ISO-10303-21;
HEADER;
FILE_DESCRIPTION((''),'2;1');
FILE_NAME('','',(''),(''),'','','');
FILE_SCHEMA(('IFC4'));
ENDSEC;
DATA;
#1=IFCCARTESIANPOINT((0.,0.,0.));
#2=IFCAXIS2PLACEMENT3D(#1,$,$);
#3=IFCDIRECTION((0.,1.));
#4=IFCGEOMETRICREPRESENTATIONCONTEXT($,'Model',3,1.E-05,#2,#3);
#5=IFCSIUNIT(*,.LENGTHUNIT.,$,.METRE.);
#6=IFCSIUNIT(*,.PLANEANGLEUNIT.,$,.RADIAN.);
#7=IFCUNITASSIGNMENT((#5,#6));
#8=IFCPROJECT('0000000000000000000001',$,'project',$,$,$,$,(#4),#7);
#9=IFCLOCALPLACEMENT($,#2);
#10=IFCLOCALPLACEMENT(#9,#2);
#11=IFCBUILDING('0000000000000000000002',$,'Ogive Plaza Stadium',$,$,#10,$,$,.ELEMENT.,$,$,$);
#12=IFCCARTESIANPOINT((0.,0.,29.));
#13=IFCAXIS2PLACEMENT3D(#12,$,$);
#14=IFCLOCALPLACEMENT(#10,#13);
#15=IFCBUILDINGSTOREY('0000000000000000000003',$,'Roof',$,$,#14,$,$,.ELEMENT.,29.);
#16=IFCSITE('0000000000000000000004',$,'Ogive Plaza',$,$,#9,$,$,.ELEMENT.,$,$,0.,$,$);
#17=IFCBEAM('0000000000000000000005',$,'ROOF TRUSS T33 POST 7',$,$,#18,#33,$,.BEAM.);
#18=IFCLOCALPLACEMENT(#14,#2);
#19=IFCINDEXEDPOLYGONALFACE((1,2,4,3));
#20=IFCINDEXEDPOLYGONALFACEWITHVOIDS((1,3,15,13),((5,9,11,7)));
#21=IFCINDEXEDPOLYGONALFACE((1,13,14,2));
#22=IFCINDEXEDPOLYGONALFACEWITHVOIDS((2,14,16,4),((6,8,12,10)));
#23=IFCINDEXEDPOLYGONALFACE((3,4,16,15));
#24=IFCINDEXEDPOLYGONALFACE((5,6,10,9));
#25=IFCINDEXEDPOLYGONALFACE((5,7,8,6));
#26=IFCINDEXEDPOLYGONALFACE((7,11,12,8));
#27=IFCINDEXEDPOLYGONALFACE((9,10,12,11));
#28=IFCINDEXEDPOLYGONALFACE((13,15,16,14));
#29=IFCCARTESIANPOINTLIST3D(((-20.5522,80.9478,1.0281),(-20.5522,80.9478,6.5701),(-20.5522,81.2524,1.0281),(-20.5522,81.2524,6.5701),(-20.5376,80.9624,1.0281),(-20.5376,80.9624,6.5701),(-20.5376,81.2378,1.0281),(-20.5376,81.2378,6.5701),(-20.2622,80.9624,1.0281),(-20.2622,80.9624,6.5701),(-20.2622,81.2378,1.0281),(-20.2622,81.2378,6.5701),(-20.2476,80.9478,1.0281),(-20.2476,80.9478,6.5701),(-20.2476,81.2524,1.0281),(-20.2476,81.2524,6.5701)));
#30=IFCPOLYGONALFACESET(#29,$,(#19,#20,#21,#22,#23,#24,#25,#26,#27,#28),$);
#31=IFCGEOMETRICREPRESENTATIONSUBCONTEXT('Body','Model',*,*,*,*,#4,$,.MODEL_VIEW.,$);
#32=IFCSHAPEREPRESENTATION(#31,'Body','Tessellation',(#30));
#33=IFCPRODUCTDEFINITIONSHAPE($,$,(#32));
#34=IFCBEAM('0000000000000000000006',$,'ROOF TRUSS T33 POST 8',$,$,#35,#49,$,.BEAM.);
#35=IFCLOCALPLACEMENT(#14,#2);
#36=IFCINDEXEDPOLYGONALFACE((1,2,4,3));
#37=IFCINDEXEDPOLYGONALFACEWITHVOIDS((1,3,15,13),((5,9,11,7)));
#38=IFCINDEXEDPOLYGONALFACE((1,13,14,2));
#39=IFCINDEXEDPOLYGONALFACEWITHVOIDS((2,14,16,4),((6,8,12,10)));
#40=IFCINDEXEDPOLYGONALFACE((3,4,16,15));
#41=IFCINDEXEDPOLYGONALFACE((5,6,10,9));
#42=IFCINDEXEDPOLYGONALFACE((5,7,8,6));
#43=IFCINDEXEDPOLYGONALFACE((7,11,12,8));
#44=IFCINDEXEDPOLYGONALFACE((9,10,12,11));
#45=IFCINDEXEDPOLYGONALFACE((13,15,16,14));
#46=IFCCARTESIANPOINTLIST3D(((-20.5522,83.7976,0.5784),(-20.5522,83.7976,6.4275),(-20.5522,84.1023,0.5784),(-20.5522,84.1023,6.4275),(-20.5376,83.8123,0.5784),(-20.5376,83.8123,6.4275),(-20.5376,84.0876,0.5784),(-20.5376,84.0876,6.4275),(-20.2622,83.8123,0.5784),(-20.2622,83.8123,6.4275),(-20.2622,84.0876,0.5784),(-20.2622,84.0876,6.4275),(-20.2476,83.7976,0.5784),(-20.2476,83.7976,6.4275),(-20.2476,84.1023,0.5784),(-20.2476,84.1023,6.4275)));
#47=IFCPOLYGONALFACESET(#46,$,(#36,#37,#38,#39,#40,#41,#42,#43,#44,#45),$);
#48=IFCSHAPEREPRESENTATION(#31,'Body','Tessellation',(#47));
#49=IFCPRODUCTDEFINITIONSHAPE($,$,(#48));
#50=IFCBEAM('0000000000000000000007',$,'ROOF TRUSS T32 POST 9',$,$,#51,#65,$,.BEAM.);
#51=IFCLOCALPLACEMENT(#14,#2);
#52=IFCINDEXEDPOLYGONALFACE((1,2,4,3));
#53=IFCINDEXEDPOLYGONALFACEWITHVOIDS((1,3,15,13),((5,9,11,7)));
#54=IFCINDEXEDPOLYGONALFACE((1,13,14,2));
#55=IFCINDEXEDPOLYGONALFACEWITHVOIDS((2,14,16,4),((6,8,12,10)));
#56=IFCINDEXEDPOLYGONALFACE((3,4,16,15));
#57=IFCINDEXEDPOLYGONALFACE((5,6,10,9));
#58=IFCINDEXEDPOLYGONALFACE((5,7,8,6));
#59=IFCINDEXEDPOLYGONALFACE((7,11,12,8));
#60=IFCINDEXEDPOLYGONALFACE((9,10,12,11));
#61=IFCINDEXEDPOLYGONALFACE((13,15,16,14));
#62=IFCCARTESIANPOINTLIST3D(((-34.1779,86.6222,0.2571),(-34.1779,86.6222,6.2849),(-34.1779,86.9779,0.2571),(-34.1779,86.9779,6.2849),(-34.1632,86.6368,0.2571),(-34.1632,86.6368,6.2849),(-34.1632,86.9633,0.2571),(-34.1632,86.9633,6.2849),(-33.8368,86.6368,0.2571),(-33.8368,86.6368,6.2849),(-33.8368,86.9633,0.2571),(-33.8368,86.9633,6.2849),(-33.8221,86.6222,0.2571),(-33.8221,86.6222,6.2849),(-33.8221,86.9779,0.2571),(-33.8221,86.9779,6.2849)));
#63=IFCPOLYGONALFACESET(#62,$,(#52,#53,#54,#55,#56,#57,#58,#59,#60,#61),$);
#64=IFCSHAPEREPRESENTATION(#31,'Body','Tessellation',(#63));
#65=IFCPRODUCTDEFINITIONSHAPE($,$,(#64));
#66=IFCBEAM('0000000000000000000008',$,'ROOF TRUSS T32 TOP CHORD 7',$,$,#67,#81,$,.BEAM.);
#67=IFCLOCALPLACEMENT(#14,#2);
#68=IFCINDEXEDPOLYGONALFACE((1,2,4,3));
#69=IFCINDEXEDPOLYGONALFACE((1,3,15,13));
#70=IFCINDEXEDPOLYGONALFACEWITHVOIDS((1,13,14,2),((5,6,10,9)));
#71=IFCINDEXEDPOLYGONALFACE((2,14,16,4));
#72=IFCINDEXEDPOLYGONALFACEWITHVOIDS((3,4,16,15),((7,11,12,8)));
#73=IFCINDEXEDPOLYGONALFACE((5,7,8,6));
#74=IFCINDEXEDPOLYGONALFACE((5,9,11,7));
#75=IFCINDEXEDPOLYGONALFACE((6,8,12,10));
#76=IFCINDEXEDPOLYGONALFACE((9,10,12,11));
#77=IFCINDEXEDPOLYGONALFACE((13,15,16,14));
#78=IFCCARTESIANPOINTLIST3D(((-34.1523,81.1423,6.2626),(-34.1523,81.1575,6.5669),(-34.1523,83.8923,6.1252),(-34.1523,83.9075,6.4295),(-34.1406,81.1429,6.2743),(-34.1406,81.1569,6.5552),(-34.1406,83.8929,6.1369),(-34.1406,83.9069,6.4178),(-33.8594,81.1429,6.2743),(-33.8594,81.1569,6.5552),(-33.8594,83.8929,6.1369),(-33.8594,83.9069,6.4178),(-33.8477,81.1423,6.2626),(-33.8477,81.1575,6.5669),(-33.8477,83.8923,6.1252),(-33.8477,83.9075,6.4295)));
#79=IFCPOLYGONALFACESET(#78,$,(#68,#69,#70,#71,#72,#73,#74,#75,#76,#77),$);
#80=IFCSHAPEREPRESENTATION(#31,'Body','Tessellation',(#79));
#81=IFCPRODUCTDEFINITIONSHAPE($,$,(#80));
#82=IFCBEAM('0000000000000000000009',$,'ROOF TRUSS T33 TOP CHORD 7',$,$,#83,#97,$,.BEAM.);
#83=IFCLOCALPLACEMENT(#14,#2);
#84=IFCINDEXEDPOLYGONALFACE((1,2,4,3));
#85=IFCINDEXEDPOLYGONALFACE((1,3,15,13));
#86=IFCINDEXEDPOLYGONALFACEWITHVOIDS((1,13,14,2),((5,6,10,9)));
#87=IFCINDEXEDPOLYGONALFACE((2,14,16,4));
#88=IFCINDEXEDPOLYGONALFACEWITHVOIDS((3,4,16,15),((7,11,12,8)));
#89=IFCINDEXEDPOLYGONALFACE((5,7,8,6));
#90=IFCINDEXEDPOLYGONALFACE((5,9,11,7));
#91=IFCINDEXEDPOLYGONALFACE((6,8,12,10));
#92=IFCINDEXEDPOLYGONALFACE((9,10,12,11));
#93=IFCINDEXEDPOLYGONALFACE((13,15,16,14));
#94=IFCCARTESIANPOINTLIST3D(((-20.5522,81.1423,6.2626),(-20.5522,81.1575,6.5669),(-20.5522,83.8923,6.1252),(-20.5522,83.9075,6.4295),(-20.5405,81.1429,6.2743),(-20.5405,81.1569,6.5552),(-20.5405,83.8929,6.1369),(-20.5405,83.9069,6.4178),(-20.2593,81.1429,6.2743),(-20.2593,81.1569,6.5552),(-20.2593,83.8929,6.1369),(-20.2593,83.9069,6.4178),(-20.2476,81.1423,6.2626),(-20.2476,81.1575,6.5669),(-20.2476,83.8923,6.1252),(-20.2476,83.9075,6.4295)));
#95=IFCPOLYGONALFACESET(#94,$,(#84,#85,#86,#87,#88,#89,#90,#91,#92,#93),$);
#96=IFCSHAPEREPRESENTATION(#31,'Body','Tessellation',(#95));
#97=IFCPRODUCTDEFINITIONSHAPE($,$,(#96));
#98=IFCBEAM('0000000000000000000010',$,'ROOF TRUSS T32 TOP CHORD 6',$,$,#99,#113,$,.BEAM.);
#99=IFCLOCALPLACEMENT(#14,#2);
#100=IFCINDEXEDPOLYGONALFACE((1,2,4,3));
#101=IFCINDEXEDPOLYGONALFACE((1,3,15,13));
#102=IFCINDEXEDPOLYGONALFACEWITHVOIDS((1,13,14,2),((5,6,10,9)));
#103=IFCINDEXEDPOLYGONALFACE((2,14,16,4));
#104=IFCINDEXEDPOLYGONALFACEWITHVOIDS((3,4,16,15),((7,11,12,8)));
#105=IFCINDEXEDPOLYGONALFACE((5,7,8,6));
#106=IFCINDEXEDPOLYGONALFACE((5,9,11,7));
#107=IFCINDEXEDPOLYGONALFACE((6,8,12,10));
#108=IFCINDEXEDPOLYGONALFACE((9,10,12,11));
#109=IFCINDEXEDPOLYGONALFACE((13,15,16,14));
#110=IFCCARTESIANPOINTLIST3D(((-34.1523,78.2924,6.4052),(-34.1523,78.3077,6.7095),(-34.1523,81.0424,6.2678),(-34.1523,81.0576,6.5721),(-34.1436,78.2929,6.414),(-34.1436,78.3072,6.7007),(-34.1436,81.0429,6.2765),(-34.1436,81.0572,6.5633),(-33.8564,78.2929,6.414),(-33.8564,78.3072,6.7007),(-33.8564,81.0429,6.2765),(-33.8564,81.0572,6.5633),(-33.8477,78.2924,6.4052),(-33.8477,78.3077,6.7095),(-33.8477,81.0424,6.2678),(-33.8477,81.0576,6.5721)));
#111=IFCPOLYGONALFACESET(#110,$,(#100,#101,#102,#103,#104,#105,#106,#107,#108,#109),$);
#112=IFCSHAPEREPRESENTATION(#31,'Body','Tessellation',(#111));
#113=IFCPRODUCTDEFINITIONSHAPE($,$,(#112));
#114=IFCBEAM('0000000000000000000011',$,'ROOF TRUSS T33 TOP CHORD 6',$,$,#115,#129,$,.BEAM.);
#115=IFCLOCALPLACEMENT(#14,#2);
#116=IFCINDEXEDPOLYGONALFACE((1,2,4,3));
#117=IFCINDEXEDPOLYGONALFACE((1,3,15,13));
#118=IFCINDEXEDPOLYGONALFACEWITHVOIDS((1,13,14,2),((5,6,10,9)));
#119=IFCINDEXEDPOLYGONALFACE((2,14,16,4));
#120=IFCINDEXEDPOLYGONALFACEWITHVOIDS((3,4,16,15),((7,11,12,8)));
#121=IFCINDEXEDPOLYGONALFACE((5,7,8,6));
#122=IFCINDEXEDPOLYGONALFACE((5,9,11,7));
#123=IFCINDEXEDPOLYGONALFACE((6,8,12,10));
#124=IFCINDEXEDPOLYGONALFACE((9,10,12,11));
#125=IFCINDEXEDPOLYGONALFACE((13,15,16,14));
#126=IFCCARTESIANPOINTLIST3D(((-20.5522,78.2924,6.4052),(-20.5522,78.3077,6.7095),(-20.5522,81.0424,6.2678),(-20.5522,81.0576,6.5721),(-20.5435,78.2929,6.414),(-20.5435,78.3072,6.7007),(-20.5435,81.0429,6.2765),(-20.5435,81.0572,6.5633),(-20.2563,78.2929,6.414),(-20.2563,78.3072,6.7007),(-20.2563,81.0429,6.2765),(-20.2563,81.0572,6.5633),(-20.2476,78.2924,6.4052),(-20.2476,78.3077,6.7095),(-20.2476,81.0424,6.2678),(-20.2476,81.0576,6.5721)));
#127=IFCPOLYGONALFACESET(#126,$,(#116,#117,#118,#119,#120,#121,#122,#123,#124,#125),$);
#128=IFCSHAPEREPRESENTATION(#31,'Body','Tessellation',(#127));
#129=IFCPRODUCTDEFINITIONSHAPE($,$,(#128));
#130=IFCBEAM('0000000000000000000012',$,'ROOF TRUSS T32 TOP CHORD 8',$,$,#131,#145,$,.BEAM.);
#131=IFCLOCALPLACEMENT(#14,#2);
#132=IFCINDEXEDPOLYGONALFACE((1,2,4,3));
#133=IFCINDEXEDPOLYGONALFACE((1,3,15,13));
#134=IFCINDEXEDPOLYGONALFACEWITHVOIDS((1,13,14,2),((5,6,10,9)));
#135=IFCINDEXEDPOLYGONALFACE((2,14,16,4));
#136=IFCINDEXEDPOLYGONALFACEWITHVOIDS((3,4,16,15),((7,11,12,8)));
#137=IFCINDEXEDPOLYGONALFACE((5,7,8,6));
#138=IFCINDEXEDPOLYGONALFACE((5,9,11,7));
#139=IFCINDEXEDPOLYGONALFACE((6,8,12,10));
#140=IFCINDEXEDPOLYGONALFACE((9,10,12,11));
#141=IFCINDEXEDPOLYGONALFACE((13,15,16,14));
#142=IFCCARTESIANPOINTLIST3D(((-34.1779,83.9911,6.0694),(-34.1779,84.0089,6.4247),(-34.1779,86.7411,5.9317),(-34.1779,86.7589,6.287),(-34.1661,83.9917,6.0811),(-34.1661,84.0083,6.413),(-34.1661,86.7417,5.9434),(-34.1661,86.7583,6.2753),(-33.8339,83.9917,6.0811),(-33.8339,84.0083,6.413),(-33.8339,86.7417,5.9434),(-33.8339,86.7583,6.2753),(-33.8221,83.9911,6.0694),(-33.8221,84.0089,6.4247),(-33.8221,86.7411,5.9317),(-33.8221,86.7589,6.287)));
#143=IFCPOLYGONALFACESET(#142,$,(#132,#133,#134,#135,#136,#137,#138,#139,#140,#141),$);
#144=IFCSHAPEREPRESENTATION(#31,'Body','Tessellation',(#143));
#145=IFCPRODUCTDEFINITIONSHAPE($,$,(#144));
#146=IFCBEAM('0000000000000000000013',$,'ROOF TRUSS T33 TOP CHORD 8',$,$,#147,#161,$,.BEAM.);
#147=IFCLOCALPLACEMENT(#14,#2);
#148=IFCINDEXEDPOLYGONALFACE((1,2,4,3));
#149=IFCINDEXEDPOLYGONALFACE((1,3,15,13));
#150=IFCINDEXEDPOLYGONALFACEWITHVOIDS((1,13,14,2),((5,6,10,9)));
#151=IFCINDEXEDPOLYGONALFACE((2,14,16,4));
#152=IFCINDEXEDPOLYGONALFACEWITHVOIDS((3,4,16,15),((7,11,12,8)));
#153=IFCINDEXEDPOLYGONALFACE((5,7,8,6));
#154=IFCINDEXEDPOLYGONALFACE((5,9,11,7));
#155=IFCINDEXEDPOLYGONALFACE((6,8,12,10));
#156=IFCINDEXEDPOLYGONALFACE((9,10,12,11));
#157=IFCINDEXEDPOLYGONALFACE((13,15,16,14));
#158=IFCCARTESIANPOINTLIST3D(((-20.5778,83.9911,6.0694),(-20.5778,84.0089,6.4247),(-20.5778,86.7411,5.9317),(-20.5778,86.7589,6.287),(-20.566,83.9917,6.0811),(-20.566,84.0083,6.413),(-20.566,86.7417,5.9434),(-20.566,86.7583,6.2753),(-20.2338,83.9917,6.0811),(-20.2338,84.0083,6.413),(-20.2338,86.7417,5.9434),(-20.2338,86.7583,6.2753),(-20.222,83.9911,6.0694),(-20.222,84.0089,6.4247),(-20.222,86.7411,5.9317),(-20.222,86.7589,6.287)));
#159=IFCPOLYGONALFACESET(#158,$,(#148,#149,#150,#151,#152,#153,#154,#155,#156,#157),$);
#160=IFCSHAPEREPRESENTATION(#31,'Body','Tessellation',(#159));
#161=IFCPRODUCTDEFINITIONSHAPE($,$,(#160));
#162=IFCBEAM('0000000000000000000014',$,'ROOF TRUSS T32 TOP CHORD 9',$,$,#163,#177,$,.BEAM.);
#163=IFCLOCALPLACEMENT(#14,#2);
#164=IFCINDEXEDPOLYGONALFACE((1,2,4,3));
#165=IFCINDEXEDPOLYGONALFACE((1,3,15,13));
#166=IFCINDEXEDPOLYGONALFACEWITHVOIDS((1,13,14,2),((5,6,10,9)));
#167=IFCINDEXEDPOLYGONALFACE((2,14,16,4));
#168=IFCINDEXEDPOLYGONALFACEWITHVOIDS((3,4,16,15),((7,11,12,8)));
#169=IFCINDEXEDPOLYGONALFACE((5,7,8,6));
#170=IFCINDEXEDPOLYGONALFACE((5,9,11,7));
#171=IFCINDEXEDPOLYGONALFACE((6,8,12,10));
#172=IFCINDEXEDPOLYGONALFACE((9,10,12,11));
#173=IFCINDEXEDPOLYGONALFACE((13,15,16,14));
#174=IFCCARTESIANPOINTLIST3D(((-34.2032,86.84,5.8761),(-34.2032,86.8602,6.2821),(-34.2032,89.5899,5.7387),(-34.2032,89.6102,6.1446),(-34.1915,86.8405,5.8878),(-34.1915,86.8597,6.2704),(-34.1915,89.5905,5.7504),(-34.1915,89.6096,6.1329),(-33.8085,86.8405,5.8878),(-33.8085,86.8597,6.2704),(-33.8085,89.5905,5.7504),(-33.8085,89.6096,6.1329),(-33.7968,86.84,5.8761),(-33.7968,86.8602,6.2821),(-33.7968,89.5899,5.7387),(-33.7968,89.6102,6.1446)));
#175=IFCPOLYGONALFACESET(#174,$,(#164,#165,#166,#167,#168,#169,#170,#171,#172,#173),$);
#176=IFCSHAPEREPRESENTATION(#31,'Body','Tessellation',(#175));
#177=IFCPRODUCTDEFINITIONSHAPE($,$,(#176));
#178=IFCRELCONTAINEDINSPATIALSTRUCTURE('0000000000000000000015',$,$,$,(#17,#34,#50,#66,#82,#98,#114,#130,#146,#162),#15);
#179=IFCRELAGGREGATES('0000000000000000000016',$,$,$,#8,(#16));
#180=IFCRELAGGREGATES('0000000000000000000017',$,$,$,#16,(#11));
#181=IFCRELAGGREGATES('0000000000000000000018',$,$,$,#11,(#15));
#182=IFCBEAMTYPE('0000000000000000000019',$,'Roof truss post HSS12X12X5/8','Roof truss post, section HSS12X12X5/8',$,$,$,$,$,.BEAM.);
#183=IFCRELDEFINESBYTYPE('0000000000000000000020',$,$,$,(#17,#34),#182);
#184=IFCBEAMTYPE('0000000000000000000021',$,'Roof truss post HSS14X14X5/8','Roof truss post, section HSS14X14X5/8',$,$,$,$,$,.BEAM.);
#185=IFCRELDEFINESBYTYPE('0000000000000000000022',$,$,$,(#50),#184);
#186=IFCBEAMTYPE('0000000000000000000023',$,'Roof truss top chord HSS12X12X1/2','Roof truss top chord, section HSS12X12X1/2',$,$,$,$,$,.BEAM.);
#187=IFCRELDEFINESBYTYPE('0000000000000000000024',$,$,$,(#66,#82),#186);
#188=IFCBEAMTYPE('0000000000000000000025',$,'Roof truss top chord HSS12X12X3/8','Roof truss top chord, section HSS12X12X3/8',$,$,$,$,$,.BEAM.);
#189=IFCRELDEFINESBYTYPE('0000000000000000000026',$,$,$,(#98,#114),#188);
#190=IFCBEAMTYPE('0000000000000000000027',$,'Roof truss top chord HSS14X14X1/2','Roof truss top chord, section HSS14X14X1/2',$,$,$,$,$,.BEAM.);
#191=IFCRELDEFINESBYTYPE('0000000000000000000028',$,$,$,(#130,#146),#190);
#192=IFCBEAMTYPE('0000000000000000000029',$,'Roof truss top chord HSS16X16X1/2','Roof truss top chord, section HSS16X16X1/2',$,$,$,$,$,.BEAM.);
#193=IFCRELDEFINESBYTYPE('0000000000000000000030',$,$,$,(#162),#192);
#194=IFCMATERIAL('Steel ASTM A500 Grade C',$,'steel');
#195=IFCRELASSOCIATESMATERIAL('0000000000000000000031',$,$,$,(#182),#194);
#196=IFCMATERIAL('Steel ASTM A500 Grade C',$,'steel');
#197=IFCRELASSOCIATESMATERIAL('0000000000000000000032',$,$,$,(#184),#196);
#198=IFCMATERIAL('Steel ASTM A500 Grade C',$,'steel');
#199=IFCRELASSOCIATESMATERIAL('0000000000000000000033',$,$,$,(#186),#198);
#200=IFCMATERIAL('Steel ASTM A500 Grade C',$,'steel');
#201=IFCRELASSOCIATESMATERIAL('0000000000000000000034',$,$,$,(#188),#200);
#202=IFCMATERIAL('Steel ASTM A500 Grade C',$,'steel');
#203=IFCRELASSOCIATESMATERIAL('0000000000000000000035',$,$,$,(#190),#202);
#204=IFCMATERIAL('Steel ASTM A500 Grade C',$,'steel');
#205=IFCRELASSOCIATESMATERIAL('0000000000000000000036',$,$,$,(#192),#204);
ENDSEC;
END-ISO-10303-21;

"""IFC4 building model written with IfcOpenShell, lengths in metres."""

from ifc_helpers import new_model, si_unit, direction, frame, origin, origin_2d, place, context, subcontext, project, spatial, hollow_rectangle, extrude, material, material_profile, profile_set, type_object, element, save


model = new_model("IFC4")

# Units and contexts
model_context = context("Model", 3, precision=1e-05, world=origin(), true_north=direction((0.0, 1.0)))
body_context = subcontext(model_context, "Body", "Model", "MODEL_VIEW")
ifc_project = project(units=[si_unit("LENGTHUNIT", "METRE"), si_unit("PLANEANGLEUNIT", "RADIAN")], contexts=[model_context])

# Site, building, storey
site_placement = place(None, origin())
site = spatial("IfcSite", under=ifc_project, at=site_placement, Name="Ogive Plaza", CompositionType="ELEMENT", RefElevation=0.0)
building_placement = place(site_placement, origin())
building = spatial("IfcBuilding", under=site, at=building_placement, Name="Ogive Plaza Stadium", CompositionType="ELEMENT")
storey_placement = place(building_placement, frame((0.0, 0.0, 29.0)))
storey = spatial("IfcBuildingStorey", under=building, at=storey_placement, Name="Roof", CompositionType="ELEMENT", Elevation=29.0)

# Beams
ifc_material_1 = material(Name="Steel ASTM A500 Grade C", Category="steel")
ifc_material_profile_1 = material_profile(ifc_material_1, hollow_rectangle(XDim=0.3047, YDim=0.3047, WallThickness=0.0146, at=origin_2d()), Name="HSS12X12X5/8")
ifc_profile_set_1 = profile_set([ifc_material_profile_1], Name="Steel ASTM A500 Grade C")
beam_type_1 = type_object("IfcBeamType", Name="Roof truss post HSS12X12X5/8", Description="Roof truss post, section HSS12X12X5/8", PredefinedType="BEAM", material=ifc_profile_set_1)
beam_1_placement = place(storey_placement, frame((-20.3999, 81.1001, 1.0281), z_axis=(0.0, 0.0, 1.0), x_axis=(-1.0, 0.0, 0.0)))
element("IfcBeam", 1, at=beam_1_placement, inside=storey, type_object=beam_type_1, Name="ROOF TRUSS T33 POST 7", PredefinedType="BEAM", context=body_context, shape_type="SweptSolid", body=[
    extrude(hollow_rectangle(XDim=0.3047, YDim=0.3047, WallThickness=0.0146, at=origin_2d()), origin(), (0.0, 0.0, 1.0), 5.542),
])
beam_2_placement = place(storey_placement, frame((-20.3999, 83.95, 0.5784), z_axis=(0.0, 0.0, 1.0), x_axis=(-1.0, 0.0, 0.0)))
element("IfcBeam", 2, at=beam_2_placement, inside=storey, type_object=beam_type_1, Name="ROOF TRUSS T33 POST 8", PredefinedType="BEAM", context=body_context, shape_type="SweptSolid", body=[
    extrude(hollow_rectangle(XDim=0.3047, YDim=0.3047, WallThickness=0.0146, at=origin_2d()), origin(), (0.0, 0.0, 1.0), 5.8491),
])
ifc_material_2 = material(Name="Steel ASTM A500 Grade C", Category="steel")
ifc_material_profile_2 = material_profile(ifc_material_2, hollow_rectangle(XDim=0.3557, YDim=0.3557, WallThickness=0.0146, at=origin_2d()), Name="HSS14X14X5/8")
ifc_profile_set_2 = profile_set([ifc_material_profile_2], Name="Steel ASTM A500 Grade C")
beam_type_2 = type_object("IfcBeamType", Name="Roof truss post HSS14X14X5/8", Description="Roof truss post, section HSS14X14X5/8", PredefinedType="BEAM", material=ifc_profile_set_2)
beam_3_placement = place(storey_placement, frame((-34.0, 86.8, 0.2571), z_axis=(0.0, 0.0, 1.0), x_axis=(-1.0, 0.0, 0.0)))
element("IfcBeam", 3, at=beam_3_placement, inside=storey, type_object=beam_type_2, Name="ROOF TRUSS T32 POST 9", PredefinedType="BEAM", context=body_context, shape_type="SweptSolid", body=[
    extrude(hollow_rectangle(XDim=0.3557, YDim=0.3557, WallThickness=0.0146, at=origin_2d()), origin(), (0.0, 0.0, 1.0), 6.0278),
])
ifc_material_3 = material(Name="Steel ASTM A500 Grade C", Category="steel")
ifc_material_profile_3 = material_profile(ifc_material_3, hollow_rectangle(XDim=0.3047, YDim=0.3047, WallThickness=0.0117, at=origin_2d()), Name="HSS12X12X1/2")
ifc_profile_set_3 = profile_set([ifc_material_profile_3], Name="Steel ASTM A500 Grade C")
beam_type_3 = type_object("IfcBeamType", Name="Roof truss top chord HSS12X12X1/2", Description="Roof truss top chord, section HSS12X12X1/2", PredefinedType="BEAM", material=ifc_profile_set_3)
for number, where, z_axis, x_axis, name in (
    (4, (-34.0, 81.1499, 6.4148), (0.0, 0.998753, -0.04992), (-1.0, 0.0, 0.0), "ROOF TRUSS T32 TOP CHORD 7"),
    (5, (-20.3999, 81.1499, 6.4148), (0.0, 0.998753, -0.04992), (-1.0, 0.0, 0.0), "ROOF TRUSS T33 TOP CHORD 7"),
):
    element("IfcBeam", number, at=place(storey_placement, frame(where, z_axis=z_axis, x_axis=x_axis)), inside=storey, type_object=beam_type_3, Name=name, PredefinedType="BEAM", context=body_context, shape_type="SweptSolid", body=[
        extrude(hollow_rectangle(XDim=0.3047, YDim=0.3047, WallThickness=0.0117, at=origin_2d()), origin(), (0.0, 0.0, 1.0), 2.7534),
    ])
ifc_material_4 = material(Name="Steel ASTM A500 Grade C", Category="steel")
ifc_material_profile_4 = material_profile(ifc_material_4, hollow_rectangle(XDim=0.3047, YDim=0.3047, WallThickness=0.0088, at=origin_2d()), Name="HSS12X12X3/8")
ifc_profile_set_4 = profile_set([ifc_material_profile_4], Name="Steel ASTM A500 Grade C")
beam_type_4 = type_object("IfcBeamType", Name="Roof truss top chord HSS12X12X3/8", Description="Roof truss top chord, section HSS12X12X3/8", PredefinedType="BEAM", material=ifc_profile_set_4)
for number, where, z_axis, x_axis, name in (
    (6, (-34.0, 78.3, 6.5574), (0.0, 0.998753, -0.04992), (-1.0, 0.0, 0.0), "ROOF TRUSS T32 TOP CHORD 6"),
    (7, (-20.3999, 78.3, 6.5574), (0.0, 0.998753, -0.04992), (-1.0, 0.0, 0.0), "ROOF TRUSS T33 TOP CHORD 6"),
):
    element("IfcBeam", number, at=place(storey_placement, frame(where, z_axis=z_axis, x_axis=x_axis)), inside=storey, type_object=beam_type_4, Name=name, PredefinedType="BEAM", context=body_context, shape_type="SweptSolid", body=[
        extrude(hollow_rectangle(XDim=0.3047, YDim=0.3047, WallThickness=0.0088, at=origin_2d()), origin(), (0.0, 0.0, 1.0), 2.7534),
    ])
ifc_material_5 = material(Name="Steel ASTM A500 Grade C", Category="steel")
ifc_material_profile_5 = material_profile(ifc_material_5, hollow_rectangle(XDim=0.3557, YDim=0.3557, WallThickness=0.0117, at=origin_2d()), Name="HSS14X14X1/2")
ifc_profile_set_5 = profile_set([ifc_material_profile_5], Name="Steel ASTM A500 Grade C")
beam_type_5 = type_object("IfcBeamType", Name="Roof truss top chord HSS14X14X1/2", Description="Roof truss top chord, section HSS14X14X1/2", PredefinedType="BEAM", material=ifc_profile_set_5)
for number, where, z_axis, x_axis, name in (
    (8, (-34.0, 84.0, 6.2471), (0.0, 0.998749, -0.050008), (-1.0, 0.0, 0.0), "ROOF TRUSS T32 TOP CHORD 8"),
    (9, (-20.3999, 84.0, 6.2471), (0.0, 0.998749, -0.050008), (-1.0, 0.0, 0.0), "ROOF TRUSS T33 TOP CHORD 8"),
):
    element("IfcBeam", number, at=place(storey_placement, frame(where, z_axis=z_axis, x_axis=x_axis)), inside=storey, type_object=beam_type_5, Name=name, PredefinedType="BEAM", context=body_context, shape_type="SweptSolid", body=[
        extrude(hollow_rectangle(XDim=0.3557, YDim=0.3557, WallThickness=0.0117, at=origin_2d()), origin(), (0.0, 0.0, 1.0), 2.7534),
    ])
ifc_material_6 = material(Name="Steel ASTM A500 Grade C", Category="steel")
ifc_material_profile_6 = material_profile(ifc_material_6, hollow_rectangle(XDim=0.4065, YDim=0.4065, WallThickness=0.0117, at=origin_2d()), Name="HSS16X16X1/2")
ifc_profile_set_6 = profile_set([ifc_material_profile_6], Name="Steel ASTM A500 Grade C")
beam_type_6 = type_object("IfcBeamType", Name="Roof truss top chord HSS16X16X1/2", Description="Roof truss top chord, section HSS16X16X1/2", PredefinedType="BEAM", material=ifc_profile_set_6)
beam_4_placement = place(storey_placement, frame((-34.0, 86.8501, 6.0791), z_axis=(0.0, 0.998753, -0.04992), x_axis=(-1.0, 0.0, 0.0)))
element("IfcBeam", 10, at=beam_4_placement, inside=storey, type_object=beam_type_6, Name="ROOF TRUSS T32 TOP CHORD 9", PredefinedType="BEAM", context=body_context, shape_type="SweptSolid", body=[
    extrude(hollow_rectangle(XDim=0.4065, YDim=0.4065, WallThickness=0.0117, at=origin_2d()), origin(), (0.0, 0.0, 1.0), 2.7534),
])

save(model, "model.ifc")
